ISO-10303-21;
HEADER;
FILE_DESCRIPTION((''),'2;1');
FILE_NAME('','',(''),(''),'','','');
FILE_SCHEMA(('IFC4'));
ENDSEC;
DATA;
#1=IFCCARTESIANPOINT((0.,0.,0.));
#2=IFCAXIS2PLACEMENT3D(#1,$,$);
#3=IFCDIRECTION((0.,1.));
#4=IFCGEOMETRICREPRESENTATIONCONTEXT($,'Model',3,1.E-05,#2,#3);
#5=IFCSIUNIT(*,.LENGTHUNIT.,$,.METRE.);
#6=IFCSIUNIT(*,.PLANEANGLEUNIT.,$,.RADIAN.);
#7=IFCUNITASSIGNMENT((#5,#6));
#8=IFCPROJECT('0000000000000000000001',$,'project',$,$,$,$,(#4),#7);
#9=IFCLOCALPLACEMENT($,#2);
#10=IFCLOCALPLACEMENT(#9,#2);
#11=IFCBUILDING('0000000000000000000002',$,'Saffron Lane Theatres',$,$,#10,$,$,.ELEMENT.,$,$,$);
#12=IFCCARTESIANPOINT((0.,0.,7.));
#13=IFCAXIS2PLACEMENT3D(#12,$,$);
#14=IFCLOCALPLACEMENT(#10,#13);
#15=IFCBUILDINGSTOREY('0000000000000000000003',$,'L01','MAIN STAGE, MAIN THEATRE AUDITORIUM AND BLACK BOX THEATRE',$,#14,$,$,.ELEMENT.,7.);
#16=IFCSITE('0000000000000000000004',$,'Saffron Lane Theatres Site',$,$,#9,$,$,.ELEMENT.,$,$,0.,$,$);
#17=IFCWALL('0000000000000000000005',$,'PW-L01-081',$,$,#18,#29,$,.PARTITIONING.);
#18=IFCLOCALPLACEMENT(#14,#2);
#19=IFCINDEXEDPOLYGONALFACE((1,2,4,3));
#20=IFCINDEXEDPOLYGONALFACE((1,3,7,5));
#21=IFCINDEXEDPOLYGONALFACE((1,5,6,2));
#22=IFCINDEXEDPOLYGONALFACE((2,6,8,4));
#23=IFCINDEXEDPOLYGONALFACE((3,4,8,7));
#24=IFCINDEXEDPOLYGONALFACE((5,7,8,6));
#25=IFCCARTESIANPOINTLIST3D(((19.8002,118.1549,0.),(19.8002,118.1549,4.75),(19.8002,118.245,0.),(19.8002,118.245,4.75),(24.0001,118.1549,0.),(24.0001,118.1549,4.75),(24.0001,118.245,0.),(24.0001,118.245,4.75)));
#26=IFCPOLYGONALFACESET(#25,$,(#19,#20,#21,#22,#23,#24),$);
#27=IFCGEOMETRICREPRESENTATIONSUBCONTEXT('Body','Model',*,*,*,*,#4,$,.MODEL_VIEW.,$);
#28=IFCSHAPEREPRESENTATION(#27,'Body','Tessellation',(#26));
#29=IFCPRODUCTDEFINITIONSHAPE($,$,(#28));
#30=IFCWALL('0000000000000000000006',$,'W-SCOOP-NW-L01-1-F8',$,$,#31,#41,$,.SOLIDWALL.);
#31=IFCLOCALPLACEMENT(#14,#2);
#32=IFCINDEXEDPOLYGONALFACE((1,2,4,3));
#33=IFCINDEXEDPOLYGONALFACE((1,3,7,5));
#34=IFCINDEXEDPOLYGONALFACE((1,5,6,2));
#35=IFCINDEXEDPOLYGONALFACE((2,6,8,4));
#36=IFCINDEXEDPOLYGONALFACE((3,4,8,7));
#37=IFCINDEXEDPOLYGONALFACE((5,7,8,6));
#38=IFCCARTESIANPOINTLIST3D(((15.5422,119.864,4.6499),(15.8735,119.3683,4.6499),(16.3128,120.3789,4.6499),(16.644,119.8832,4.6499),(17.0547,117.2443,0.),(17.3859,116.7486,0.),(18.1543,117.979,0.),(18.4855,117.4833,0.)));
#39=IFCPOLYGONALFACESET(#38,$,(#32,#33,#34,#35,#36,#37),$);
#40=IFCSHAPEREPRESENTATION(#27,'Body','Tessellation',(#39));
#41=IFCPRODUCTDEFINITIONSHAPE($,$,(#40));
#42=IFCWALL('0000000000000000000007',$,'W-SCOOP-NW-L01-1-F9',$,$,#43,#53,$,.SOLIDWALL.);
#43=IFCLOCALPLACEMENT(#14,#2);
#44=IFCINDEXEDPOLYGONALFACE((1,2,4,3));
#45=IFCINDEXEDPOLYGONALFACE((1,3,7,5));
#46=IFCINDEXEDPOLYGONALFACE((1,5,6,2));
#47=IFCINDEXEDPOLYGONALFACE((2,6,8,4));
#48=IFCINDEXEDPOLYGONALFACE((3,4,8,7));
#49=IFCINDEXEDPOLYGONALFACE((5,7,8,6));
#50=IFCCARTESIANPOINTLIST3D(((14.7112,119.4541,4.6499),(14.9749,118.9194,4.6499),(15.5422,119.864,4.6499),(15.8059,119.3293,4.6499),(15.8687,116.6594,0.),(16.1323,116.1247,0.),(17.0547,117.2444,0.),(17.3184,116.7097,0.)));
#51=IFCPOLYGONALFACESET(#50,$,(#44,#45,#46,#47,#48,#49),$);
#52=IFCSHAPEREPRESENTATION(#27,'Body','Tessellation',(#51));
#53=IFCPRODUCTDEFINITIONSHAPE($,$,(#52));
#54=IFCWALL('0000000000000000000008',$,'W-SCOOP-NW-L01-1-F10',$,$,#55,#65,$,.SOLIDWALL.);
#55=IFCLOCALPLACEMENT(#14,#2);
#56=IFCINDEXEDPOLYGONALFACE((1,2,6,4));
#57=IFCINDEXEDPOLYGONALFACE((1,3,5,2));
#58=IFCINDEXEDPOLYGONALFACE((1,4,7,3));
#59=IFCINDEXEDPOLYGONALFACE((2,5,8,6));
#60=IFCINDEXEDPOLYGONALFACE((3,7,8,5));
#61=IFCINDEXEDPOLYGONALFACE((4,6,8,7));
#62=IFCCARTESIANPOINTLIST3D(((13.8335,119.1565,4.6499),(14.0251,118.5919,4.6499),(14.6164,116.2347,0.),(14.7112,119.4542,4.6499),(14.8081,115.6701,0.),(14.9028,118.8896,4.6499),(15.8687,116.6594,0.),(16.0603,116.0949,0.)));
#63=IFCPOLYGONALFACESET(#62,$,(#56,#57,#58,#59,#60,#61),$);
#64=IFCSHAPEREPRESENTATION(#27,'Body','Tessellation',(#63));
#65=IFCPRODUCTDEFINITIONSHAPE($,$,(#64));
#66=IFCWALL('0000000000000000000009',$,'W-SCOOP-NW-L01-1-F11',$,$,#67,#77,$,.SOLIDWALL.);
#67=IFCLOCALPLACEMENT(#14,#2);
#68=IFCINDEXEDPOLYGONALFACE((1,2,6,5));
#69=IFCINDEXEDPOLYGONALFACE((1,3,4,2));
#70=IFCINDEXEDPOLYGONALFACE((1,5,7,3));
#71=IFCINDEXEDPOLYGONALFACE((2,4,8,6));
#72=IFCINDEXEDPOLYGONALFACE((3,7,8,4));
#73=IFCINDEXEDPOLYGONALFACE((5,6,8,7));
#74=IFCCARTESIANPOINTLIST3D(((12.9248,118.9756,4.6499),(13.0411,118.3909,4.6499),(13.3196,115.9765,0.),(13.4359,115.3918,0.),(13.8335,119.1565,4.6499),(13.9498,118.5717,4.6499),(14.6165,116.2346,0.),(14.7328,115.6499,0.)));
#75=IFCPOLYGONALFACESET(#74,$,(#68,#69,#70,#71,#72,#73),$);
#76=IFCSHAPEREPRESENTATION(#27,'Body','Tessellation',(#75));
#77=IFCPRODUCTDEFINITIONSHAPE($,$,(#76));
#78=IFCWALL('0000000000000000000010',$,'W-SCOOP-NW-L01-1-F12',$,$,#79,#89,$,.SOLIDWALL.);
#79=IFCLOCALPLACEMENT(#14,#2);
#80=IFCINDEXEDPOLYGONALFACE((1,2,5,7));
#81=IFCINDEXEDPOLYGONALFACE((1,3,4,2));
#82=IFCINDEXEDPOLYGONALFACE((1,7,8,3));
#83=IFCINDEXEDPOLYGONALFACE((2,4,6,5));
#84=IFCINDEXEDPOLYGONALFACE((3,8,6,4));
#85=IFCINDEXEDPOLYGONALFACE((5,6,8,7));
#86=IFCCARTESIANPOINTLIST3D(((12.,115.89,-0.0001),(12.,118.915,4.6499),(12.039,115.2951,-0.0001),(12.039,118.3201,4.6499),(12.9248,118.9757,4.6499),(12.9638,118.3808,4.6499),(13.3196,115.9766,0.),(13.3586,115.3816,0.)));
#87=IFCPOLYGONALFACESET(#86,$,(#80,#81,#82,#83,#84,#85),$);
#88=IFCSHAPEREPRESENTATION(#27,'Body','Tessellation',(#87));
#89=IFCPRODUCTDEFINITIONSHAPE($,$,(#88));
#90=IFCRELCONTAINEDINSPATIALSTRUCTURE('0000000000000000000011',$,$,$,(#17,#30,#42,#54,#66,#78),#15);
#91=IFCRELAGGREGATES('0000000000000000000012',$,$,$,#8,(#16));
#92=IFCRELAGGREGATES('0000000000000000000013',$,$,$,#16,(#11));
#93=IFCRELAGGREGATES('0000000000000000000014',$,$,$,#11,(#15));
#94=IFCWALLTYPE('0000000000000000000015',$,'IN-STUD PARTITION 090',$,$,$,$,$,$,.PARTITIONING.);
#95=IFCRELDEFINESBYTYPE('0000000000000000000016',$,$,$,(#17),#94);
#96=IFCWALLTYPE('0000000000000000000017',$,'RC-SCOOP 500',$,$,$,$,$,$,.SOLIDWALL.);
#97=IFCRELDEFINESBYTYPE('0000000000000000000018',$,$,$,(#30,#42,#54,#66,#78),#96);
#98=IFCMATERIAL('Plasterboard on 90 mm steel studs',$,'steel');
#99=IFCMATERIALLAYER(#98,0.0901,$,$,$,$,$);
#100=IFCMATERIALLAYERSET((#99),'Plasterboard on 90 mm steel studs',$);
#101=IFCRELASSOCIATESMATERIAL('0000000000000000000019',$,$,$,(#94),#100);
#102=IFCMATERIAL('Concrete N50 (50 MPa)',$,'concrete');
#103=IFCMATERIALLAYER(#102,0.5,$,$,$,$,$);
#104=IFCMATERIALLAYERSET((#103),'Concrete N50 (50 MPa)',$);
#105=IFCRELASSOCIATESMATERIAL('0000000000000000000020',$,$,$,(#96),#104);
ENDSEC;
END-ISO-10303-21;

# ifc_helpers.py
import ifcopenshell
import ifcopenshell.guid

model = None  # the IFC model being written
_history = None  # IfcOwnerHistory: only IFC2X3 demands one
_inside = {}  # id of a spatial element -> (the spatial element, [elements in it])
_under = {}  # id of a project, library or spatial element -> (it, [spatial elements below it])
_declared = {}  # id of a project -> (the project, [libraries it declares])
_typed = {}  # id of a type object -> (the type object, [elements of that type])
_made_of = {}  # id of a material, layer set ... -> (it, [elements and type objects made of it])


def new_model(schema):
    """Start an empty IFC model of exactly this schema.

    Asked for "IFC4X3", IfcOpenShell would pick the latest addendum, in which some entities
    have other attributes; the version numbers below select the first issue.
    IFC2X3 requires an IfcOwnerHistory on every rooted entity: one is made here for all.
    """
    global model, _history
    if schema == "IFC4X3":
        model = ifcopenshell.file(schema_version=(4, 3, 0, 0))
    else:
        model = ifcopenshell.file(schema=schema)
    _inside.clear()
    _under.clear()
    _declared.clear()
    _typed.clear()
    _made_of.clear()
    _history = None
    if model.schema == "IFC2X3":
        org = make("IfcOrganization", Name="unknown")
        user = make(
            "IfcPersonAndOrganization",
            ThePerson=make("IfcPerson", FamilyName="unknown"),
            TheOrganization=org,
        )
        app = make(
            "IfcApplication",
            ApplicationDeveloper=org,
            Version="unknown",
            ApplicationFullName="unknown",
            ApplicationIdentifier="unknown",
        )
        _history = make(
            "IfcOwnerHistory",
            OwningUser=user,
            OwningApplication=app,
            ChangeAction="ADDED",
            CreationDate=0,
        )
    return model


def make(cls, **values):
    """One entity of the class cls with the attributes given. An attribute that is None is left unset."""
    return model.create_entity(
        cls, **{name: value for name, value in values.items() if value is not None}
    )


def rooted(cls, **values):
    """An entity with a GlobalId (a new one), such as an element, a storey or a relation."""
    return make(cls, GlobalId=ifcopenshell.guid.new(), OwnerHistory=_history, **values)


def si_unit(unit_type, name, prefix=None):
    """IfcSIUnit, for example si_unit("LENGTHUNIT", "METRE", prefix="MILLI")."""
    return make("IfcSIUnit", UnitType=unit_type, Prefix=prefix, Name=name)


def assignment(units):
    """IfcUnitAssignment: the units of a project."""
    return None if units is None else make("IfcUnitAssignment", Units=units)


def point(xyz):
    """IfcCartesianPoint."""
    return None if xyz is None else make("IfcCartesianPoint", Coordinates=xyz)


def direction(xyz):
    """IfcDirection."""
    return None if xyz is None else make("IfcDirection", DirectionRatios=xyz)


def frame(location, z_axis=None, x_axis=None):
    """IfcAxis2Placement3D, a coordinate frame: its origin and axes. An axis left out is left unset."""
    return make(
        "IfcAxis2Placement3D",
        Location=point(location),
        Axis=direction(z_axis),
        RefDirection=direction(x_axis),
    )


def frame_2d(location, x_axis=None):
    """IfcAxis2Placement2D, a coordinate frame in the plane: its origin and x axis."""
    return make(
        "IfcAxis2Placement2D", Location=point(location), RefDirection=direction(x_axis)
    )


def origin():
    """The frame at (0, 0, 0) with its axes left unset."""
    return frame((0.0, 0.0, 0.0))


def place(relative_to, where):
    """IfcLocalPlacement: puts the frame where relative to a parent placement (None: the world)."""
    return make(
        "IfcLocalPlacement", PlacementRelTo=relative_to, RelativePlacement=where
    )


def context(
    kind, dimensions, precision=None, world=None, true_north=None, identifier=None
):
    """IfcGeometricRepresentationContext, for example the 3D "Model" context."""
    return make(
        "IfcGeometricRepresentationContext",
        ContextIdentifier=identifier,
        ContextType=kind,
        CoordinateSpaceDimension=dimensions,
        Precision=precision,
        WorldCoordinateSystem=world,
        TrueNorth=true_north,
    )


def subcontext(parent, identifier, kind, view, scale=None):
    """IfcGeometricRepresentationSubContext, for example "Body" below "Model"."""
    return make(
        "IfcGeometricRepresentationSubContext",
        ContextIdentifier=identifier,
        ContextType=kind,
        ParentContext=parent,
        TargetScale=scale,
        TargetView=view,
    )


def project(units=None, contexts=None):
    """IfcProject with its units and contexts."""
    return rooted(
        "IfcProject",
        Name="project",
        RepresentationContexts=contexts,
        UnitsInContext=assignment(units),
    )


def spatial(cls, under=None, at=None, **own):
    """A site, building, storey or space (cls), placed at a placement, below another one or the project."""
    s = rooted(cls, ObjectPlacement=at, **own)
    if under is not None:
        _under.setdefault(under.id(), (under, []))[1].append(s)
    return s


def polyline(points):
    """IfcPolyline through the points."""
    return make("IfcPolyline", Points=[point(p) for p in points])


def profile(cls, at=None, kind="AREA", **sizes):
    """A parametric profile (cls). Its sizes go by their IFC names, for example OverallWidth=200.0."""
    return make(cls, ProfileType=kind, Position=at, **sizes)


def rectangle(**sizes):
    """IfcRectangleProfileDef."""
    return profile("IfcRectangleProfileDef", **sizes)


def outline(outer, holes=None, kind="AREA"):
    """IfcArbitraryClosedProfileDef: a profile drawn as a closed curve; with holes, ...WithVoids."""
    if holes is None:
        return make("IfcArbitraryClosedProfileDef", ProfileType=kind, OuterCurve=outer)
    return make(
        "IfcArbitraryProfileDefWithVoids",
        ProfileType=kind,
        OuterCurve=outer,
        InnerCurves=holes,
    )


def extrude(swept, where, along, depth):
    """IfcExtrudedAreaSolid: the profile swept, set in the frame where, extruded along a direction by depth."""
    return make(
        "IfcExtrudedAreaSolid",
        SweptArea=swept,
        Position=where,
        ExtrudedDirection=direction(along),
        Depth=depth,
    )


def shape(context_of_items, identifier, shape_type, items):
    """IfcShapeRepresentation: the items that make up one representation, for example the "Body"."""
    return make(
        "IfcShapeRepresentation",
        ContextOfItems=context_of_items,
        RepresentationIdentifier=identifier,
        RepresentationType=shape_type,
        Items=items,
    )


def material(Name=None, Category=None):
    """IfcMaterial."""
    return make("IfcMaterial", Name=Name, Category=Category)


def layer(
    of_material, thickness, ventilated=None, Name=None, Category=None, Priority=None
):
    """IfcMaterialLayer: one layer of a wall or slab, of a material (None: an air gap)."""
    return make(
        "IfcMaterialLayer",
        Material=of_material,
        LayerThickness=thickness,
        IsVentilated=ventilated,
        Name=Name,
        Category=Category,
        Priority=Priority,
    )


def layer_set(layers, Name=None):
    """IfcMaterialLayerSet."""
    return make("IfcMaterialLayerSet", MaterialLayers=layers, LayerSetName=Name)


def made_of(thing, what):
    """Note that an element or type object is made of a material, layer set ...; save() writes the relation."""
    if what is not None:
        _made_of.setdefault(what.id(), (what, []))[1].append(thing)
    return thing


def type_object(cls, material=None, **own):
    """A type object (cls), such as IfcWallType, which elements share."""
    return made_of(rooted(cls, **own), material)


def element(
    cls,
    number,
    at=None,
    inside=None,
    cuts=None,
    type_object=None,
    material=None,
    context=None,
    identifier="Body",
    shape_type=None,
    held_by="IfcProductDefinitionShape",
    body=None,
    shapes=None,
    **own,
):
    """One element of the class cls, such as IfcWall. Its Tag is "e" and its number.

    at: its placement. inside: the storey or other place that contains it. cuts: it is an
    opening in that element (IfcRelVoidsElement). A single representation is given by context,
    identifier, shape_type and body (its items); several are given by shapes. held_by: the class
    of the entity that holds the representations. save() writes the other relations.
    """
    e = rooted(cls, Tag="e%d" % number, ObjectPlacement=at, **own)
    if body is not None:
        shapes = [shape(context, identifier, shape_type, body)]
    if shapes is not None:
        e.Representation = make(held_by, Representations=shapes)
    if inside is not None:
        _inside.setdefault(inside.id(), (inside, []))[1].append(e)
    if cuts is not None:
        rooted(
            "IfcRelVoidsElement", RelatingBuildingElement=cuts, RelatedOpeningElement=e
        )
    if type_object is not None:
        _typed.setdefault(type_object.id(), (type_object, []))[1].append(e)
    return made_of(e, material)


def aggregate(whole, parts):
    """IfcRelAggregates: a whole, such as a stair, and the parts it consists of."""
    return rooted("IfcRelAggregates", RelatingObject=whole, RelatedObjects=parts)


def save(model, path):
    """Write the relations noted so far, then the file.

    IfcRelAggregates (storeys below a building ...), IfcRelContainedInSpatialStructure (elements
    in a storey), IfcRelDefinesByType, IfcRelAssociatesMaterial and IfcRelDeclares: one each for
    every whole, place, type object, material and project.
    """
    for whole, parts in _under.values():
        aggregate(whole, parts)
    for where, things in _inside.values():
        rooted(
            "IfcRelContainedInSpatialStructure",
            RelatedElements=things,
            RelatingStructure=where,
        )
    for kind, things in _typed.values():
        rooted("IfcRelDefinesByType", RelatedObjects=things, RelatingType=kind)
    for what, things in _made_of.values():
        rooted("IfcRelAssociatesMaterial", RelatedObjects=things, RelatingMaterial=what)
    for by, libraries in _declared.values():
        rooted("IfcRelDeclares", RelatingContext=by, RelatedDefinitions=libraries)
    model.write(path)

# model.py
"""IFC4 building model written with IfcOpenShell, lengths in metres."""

from ifc_helpers import new_model, si_unit, direction, frame, frame_2d, origin, place, context, subcontext, project, spatial, polyline, rectangle, outline, extrude, material, layer, layer_set, type_object, element, save


model = new_model("IFC4")

# Units and contexts
model_context = context("Model", 3, precision=1e-05, world=origin(), true_north=direction((0.0, 1.0)))
body_context = subcontext(model_context, "Body", "Model", "MODEL_VIEW")
ifc_project = project(units=[si_unit("LENGTHUNIT", "METRE"), si_unit("PLANEANGLEUNIT", "RADIAN")], contexts=[model_context])

# Site, building, storey
site_placement = place(None, origin())
site = spatial("IfcSite", under=ifc_project, at=site_placement, Name="Saffron Lane Theatres Site", CompositionType="ELEMENT", RefElevation=0.0)
building_placement = place(site_placement, origin())
building = spatial("IfcBuilding", under=site, at=building_placement, Name="Saffron Lane Theatres", CompositionType="ELEMENT")
storey_placement = place(building_placement, frame((0.0, 0.0, 7.0)))
storey = spatial("IfcBuildingStorey", under=building, at=storey_placement, Name="L01", Description="MAIN STAGE, MAIN THEATRE AUDITORIUM AND BLACK BOX THEATRE", CompositionType="ELEMENT", Elevation=7.0)

# Shared definitions
ifc_material_1 = material(Name="Plasterboard on 90 mm steel studs", Category="steel")
ifc_layer_1 = layer(ifc_material_1, 0.0901)
ifc_layer_set_1 = layer_set([ifc_layer_1], Name="Plasterboard on 90 mm steel studs")
wall_type_1 = type_object("IfcWallType", Name="IN-STUD PARTITION 090", PredefinedType="PARTITIONING", material=ifc_layer_set_1)

# Walls
wall_1_placement = place(storey_placement, frame((19.8, 118.2, 0.0), z_axis=(0.0, 0.0, 1.0), x_axis=(1.0, 0.0, 0.0)))
element("IfcWall", 1, at=wall_1_placement, inside=storey, type_object=wall_type_1, Name="PW-L01-081", PredefinedType="PARTITIONING", context=body_context, shape_type="SweptSolid", body=[
    extrude(rectangle(XDim=4.2, YDim=0.0901, at=frame_2d((2.1001, 0.0))), origin(), (0.0, 0.0, 1.0), 4.75),
])
ifc_material_2 = material(Name="Concrete N50 (50 MPa)", Category="concrete")
ifc_layer_2 = layer(ifc_material_2, 0.5)
ifc_layer_set_2 = layer_set([ifc_layer_2], Name="Concrete N50 (50 MPa)")
wall_type_2 = type_object("IfcWallType", Name="RC-SCOOP 500", PredefinedType="SOLIDWALL", material=ifc_layer_set_2)
wall_2_placement = place(storey_placement, frame((18.1543, 117.979, 0.0), z_axis=(0.465979, -0.697421, 0.544487), x_axis=(-0.83149, -0.555539, 0.000023)))
element("IfcWall", 2, at=wall_2_placement, inside=storey, type_object=wall_type_2, Name="W-SCOOP-NW-L01-1-F8", PredefinedType="SOLIDWALL", context=body_context, shape_type="SweptSolid", body=[
    extrude(outline(polyline([(0.0, 0.0), (1.3224, 0.0), (1.1248, -5.5437), (0.1981, -5.5438), (0.0, 0.0)])), origin(), (-0.000037, 0.544487, 0.838769), 0.5962),
])
wall_3_placement = place(storey_placement, frame((17.0547, 117.2444, 0.0), z_axis=(0.371027, -0.752252, 0.544478), x_axis=(-0.896847, -0.442341, 0.000005)))
element("IfcWall", 3, at=wall_3_placement, inside=storey, type_object=wall_type_2, Name="W-SCOOP-NW-L01-1-F9", PredefinedType="SOLIDWALL", context=body_context, shape_type="SweptSolid", body=[
    extrude(outline(polyline([(0.0, 0.0), (1.3224, 0.0), (1.1243, -5.5437), (0.1977, -5.5437), (0.0, 0.0)])), origin(), (0.000058, 0.544478, 0.838775), 0.5962),
])
wall_4_placement = place(storey_placement, frame((15.8687, 116.6594, 0.0), z_axis=(0.269418, -0.794325, 0.544483), x_axis=(-0.947004, -0.321223, -0.000028)))
element("IfcWall", 4, at=wall_4_placement, inside=storey, type_object=wall_type_2, Name="W-SCOOP-NW-L01-1-F10", PredefinedType="SOLIDWALL", context=body_context, shape_type="SweptSolid", body=[
    extrude(outline(polyline([(0.0, 0.0), (1.3223, 0.0), (1.1251, -5.5437), (0.1983, -5.5437), (0.0, 0.0)])), origin(), (-0.000228, 0.544483, 0.838772), 0.5962),
])
wall_5_placement = place(storey_placement, frame((14.6165, 116.2346, 0.0), z_axis=(0.163726, -0.822638, 0.544482), x_axis=(-0.980766, -0.195186, 0.000019)))
element("IfcWall", 5, at=wall_5_placement, inside=storey, type_object=wall_type_2, Name="W-SCOOP-NW-L01-1-F11", PredefinedType="SOLIDWALL", context=body_context, shape_type="SweptSolid", body=[
    extrude(outline(polyline([(0.0, 0.0), (1.3223, 0.0), (1.1242, -5.5437), (0.1977, -5.5437), (0.0, 0.0)])), origin(), (0.000097, 0.544482, 0.838772), 0.5962),
])
wall_6_placement = place(storey_placement, frame((13.3196, 115.9766, 0.0), z_axis=(0.054899, -0.836966, 0.544495), x_axis=(-0.997854, -0.065478, -0.000039)))
element("IfcWall", 6, at=wall_6_placement, inside=storey, type_object=wall_type_2, Name="W-SCOOP-NW-L01-1-F12", PredefinedType="SOLIDWALL", context=body_context, shape_type="SweptSolid", body=[
    extrude(outline(polyline([(0.0, 0.0), (1.3224, 0.0), (1.1242, -5.5438), (0.1974, -5.5437), (0.0, 0.0)])), origin(), (0.000075, 0.544495, 0.838764), 0.5962),
])

save(model, "model.ifc")
